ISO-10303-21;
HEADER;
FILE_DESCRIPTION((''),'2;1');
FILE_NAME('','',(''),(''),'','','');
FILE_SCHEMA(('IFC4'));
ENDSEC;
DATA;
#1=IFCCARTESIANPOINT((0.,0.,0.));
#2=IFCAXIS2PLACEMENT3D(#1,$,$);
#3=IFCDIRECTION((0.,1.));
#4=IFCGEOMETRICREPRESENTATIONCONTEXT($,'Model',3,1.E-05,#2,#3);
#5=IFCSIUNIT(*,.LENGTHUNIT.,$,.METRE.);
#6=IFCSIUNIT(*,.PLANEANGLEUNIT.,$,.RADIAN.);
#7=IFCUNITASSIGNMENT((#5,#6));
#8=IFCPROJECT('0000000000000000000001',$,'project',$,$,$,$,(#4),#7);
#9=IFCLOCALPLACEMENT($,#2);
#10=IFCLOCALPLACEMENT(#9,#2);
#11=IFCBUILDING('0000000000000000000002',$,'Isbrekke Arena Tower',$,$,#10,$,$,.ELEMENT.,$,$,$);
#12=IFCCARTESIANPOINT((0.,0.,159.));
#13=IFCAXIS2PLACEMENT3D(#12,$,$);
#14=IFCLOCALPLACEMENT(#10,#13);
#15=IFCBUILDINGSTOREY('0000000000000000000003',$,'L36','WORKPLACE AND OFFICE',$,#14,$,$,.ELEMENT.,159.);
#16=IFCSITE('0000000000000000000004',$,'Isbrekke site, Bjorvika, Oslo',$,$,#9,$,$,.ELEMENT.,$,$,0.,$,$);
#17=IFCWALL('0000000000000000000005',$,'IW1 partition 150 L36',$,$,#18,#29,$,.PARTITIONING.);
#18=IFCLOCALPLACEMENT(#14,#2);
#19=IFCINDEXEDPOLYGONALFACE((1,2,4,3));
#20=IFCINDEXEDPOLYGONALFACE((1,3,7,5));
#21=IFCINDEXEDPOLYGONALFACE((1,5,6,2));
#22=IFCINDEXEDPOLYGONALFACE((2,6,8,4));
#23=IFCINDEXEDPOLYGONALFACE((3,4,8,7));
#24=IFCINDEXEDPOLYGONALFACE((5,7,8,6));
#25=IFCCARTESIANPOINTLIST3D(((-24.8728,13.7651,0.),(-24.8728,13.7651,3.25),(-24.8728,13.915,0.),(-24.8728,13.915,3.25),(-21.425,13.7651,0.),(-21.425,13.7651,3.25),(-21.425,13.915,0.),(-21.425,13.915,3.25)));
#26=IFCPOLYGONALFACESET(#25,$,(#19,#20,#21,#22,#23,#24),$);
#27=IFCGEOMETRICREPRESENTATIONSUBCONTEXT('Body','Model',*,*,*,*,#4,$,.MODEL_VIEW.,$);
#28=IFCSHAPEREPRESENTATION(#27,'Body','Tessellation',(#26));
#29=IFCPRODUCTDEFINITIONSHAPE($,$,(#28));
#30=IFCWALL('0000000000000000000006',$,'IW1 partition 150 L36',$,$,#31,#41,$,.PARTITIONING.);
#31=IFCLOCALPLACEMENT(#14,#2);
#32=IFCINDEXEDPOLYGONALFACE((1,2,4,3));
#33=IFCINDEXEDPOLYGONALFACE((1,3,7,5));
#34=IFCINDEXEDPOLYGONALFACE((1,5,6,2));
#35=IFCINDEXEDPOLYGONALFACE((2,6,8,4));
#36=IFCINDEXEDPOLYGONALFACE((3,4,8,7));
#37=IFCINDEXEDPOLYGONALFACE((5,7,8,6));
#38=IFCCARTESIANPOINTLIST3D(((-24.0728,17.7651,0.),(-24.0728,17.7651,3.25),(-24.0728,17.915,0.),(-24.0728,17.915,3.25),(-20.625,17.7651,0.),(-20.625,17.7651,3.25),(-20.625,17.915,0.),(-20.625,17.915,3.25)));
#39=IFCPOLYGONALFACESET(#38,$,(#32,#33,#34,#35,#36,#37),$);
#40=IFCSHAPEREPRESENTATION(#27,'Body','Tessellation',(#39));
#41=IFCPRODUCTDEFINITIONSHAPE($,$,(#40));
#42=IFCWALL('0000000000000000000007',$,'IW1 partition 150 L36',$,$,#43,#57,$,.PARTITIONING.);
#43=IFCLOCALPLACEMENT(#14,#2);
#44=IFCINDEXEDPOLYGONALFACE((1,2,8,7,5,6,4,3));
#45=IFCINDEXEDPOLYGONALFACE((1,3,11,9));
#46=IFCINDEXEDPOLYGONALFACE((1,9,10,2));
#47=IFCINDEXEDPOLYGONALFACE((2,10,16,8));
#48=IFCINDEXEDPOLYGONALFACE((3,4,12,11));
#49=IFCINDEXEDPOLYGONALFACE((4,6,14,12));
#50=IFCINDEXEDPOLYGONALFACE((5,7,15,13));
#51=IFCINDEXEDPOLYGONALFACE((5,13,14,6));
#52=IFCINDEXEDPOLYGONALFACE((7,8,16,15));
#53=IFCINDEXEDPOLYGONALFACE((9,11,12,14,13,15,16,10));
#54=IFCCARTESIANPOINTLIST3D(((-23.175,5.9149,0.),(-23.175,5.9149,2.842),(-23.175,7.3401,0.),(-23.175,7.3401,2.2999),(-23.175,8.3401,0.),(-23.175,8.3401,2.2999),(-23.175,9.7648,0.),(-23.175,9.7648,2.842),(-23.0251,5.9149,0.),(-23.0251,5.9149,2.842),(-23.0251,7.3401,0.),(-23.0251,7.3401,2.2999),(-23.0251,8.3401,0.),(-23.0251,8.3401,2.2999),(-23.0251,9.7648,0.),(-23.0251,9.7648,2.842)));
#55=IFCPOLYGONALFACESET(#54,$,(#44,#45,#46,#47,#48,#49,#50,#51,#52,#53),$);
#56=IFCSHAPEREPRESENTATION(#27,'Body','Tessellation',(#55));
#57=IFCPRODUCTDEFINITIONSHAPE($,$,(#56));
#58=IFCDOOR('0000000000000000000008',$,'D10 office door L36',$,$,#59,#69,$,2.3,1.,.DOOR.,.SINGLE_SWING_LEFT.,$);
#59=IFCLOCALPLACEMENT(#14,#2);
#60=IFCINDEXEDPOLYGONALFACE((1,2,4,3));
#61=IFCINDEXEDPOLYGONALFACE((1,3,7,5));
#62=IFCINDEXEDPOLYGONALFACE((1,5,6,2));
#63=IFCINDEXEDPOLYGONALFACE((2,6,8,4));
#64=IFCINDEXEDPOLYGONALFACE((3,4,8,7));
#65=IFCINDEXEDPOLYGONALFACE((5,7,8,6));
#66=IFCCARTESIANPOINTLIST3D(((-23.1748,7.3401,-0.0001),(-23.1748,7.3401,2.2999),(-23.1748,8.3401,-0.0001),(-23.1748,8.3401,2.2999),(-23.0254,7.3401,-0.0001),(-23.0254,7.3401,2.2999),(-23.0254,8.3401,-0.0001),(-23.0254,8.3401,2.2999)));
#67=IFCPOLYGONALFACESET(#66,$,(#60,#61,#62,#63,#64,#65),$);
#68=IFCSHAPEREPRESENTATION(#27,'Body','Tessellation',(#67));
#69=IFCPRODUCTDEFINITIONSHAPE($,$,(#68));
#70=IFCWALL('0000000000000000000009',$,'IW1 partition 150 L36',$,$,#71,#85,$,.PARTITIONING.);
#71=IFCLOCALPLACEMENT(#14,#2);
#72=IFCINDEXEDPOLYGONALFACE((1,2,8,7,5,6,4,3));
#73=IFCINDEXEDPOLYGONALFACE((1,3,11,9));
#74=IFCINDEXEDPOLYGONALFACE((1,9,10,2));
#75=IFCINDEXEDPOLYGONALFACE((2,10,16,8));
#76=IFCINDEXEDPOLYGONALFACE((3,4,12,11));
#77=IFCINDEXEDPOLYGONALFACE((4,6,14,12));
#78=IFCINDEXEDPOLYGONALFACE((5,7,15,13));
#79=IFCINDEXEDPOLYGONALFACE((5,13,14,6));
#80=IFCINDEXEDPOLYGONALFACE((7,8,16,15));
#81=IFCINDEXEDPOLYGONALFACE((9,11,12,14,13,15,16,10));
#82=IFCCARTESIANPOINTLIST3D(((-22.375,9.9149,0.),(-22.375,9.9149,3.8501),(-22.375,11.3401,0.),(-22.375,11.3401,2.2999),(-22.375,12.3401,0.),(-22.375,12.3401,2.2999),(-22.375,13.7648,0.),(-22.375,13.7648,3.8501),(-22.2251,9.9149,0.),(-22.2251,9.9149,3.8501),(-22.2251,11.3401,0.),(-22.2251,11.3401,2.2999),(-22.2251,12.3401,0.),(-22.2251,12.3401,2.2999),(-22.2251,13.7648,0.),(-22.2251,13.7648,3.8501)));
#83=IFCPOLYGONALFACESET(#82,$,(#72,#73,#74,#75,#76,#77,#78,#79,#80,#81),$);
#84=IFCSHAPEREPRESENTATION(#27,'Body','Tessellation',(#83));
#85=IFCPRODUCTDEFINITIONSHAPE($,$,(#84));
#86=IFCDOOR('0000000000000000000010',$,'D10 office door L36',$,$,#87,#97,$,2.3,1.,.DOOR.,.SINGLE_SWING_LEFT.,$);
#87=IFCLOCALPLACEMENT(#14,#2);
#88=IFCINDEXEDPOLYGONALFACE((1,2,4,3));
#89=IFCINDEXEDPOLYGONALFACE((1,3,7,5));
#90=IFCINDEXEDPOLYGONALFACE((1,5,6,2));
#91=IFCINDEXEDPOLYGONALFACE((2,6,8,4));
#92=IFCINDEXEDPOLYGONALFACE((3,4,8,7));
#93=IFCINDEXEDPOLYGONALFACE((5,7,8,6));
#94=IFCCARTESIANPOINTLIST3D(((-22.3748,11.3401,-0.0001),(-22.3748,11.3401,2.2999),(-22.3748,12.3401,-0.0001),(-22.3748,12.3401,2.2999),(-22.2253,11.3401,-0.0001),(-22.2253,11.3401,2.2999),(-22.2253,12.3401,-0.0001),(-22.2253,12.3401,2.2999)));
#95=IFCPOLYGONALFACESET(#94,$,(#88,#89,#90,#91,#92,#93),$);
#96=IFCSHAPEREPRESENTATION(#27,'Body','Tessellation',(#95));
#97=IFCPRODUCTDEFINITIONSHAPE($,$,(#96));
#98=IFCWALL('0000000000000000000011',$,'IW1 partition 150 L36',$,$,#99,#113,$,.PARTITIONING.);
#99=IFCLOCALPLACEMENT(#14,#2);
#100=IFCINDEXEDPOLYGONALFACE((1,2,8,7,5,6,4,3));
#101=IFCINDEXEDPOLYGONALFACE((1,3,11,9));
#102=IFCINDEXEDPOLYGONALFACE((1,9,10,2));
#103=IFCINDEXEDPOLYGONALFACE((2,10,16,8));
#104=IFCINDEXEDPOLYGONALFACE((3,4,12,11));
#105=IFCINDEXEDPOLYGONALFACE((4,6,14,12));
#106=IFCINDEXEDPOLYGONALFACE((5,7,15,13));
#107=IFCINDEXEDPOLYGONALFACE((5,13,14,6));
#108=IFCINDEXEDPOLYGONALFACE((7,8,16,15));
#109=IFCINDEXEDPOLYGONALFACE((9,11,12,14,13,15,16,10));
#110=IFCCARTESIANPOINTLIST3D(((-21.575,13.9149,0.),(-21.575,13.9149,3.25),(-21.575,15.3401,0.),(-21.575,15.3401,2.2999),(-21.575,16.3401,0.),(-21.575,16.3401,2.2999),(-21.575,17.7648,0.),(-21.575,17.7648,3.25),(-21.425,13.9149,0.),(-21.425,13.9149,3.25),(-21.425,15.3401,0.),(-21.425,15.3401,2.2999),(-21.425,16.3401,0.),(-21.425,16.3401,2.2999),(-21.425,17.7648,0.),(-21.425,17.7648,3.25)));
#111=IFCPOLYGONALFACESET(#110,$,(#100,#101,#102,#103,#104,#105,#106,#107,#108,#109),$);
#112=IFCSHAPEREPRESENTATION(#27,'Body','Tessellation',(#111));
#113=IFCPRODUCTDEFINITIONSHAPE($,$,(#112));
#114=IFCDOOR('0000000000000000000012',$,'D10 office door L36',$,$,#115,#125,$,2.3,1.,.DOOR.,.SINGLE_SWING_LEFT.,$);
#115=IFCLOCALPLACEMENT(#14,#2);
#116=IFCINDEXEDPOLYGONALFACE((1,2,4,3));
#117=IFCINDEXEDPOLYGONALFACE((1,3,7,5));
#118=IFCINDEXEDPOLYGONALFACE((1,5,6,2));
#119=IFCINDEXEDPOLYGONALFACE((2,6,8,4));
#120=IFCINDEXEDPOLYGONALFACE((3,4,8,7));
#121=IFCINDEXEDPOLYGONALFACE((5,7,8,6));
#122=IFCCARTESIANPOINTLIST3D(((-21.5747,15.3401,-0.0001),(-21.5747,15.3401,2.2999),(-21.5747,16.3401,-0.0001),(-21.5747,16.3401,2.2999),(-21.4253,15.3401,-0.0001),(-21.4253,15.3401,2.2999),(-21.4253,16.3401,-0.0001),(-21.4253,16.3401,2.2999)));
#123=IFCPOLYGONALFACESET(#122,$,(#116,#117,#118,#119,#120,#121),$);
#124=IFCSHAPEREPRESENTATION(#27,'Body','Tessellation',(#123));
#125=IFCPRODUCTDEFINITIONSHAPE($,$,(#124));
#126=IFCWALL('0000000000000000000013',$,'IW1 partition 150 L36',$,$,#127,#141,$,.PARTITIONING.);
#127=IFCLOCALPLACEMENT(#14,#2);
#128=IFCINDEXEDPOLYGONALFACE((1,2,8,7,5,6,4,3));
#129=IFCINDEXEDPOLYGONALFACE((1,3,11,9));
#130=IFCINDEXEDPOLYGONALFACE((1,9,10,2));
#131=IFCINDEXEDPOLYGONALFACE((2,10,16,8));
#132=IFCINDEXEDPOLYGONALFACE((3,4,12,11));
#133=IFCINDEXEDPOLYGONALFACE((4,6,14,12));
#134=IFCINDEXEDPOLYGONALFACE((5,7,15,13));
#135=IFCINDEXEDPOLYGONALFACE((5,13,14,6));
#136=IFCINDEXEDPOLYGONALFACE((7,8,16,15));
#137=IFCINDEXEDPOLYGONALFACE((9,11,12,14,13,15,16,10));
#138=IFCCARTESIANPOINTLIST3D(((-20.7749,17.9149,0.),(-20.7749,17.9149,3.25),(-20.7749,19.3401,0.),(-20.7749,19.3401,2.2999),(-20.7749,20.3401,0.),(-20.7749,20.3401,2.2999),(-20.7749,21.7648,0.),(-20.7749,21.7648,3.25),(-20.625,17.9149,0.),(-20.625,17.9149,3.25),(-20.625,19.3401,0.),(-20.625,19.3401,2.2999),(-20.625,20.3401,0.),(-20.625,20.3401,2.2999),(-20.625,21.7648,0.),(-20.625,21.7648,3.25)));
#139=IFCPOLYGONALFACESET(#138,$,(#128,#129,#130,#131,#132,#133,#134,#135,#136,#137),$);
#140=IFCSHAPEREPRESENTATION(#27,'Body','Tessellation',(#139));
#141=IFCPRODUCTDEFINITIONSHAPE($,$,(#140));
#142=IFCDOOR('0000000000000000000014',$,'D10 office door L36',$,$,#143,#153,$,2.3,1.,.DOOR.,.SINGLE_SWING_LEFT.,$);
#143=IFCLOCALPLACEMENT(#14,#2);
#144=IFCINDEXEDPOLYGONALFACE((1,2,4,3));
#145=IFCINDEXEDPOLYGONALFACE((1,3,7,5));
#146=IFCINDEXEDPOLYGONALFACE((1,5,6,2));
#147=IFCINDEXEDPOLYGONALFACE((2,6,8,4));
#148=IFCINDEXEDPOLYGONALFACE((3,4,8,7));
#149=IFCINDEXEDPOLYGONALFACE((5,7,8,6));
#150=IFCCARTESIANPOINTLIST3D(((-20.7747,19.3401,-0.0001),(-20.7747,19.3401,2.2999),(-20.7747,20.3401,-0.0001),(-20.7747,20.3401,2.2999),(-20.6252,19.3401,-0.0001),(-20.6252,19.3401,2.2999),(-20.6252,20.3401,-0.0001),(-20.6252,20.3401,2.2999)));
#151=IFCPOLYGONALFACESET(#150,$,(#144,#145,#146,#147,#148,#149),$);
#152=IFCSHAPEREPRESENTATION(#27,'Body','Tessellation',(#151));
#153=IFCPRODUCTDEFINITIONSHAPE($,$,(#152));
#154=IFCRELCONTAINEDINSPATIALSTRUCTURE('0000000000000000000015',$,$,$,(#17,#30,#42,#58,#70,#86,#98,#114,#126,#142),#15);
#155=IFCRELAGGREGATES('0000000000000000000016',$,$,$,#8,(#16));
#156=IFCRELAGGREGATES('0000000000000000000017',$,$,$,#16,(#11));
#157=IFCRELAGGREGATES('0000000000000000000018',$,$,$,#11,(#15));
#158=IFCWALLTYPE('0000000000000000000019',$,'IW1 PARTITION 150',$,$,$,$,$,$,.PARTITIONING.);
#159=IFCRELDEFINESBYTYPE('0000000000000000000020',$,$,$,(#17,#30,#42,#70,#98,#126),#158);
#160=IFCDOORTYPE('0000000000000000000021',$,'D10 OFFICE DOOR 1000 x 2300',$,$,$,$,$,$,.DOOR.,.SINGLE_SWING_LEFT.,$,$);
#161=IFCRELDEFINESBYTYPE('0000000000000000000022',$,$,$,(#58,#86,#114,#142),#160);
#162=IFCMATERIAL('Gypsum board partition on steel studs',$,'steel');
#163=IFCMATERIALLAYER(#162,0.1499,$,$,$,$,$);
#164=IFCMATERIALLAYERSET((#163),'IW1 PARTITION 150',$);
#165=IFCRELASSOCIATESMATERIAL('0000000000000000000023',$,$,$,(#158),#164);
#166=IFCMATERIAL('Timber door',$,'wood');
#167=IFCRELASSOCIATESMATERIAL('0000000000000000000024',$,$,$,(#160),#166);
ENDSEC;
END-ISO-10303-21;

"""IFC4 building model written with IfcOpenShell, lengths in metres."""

from ifc_helpers import new_model, si_unit, direction, frame, frame_2d, origin, place, context, subcontext, project, spatial, rectangle, extrude, material, layer, layer_set, type_object, element, fill, save


model = new_model("IFC4")

# Units and contexts
model_context = context("Model", 3, precision=1e-05, world=origin(), true_north=direction((0.0, 1.0)))
body_context = subcontext(model_context, "Body", "Model", "MODEL_VIEW")
ifc_project = project(units=[si_unit("LENGTHUNIT", "METRE"), si_unit("PLANEANGLEUNIT", "RADIAN")], contexts=[model_context])

# Site, building, storey
site_placement = place(None, origin())
site = spatial("IfcSite", under=ifc_project, at=site_placement, Name="Isbrekke site, Bjorvika, Oslo", CompositionType="ELEMENT", RefElevation=0.0)
building_placement = place(site_placement, origin())
building = spatial("IfcBuilding", under=site, at=building_placement, Name="Isbrekke Arena Tower", CompositionType="ELEMENT")
storey_placement = place(building_placement, frame((0.0, 0.0, 159.0)))
storey = spatial("IfcBuildingStorey", under=building, at=storey_placement, Name="L36", Description="WORKPLACE AND OFFICE", CompositionType="ELEMENT", Elevation=159.0)

# Walls
ifc_material_1 = material(Name="Gypsum board partition on steel studs", Category="steel")
ifc_layer_1 = layer(ifc_material_1, 0.1499)
ifc_layer_set_1 = layer_set([ifc_layer_1], Name="IW1 PARTITION 150")
wall_type = type_object("IfcWallType", Name="IW1 PARTITION 150", PredefinedType="PARTITIONING", material=ifc_layer_set_1)
for number, where, z_axis, x_axis, name in (
    (1, (-24.8728, 13.8401, 0.0), (0.0, 0.0, 1.0), (1.0, 0.0, 0.0), "IW1 partition 150 L36"),
    (2, (-24.0728, 17.8401, 0.0), (0.0, 0.0, 1.0), (1.0, 0.0, 0.0), "IW1 partition 150 L36"),
):
    element("IfcWall", number, at=place(storey_placement, frame(where, z_axis=z_axis, x_axis=x_axis)), inside=storey, type_object=wall_type, Name=name, PredefinedType="PARTITIONING", context=body_context, shape_type="SweptSolid", body=[
        extrude(rectangle(XDim=3.4478, YDim=0.1499, at=frame_2d((1.7239, 0.0))), origin(), (0.0, 0.0, 1.0), 3.25),
    ])

# Walls, openings, doors
wall_1_placement = place(storey_placement, frame((-23.1001, 5.915, 0.0), z_axis=(0.0, 0.0, 1.0), x_axis=(0.0, 1.0, 0.0)))
wall_1 = element("IfcWall", 3, at=wall_1_placement, inside=storey, type_object=wall_type, Name="IW1 partition 150 L36", PredefinedType="PARTITIONING", context=body_context, shape_type="SweptSolid", body=[
    extrude(rectangle(XDim=3.8499, YDim=0.1499, at=frame_2d((1.9248, 0.0))), origin(), (0.0, 0.0, 1.0), 2.842),
])
opening_1_placement = place(wall_1_placement, frame((1.425, 0.0, 0.0)))
opening_1 = element("IfcOpeningElement", 4, at=opening_1_placement, cuts=wall_1, PredefinedType="OPENING", context=body_context, shape_type="SweptSolid", body=[
    extrude(rectangle(XDim=1.0, YDim=2.3, at=frame_2d((0.5, 1.1499))), frame((0.0, 0.0898, 0.0), z_axis=(0.0, -1.0, 0.0), x_axis=(1.0, 0.0, 0.0)), (0.0, 0.0, 1.0), 0.1797),
])
ifc_material_2 = material(Name="Timber door", Category="wood")
door_type = type_object("IfcDoorType", Name="D10 OFFICE DOOR 1000 x 2300", OperationType="SINGLE_SWING_LEFT", PredefinedType="DOOR", material=ifc_material_2)
door_1_placement = place(opening_1_placement, origin())
door_1 = element("IfcDoor", 5, at=door_1_placement, inside=storey, type_object=door_type, Name="D10 office door L36", OperationType="SINGLE_SWING_LEFT", OverallHeight=2.3, OverallWidth=1.0, PredefinedType="DOOR", context=body_context, shape_type="SweptSolid", body=[
    extrude(rectangle(XDim=1.0, YDim=2.3, at=frame_2d((0.5, 1.1499))), frame((0.0, 0.0747, 0.0), z_axis=(0.0, -1.0, 0.0), x_axis=(1.0, 0.0, 0.0)), (0.0, 0.0, 1.0), 0.1494),
])
fill(opening_1, door_1)
wall_2_placement = place(storey_placement, frame((-22.3, 9.915, 0.0), z_axis=(0.0, 0.0, 1.0), x_axis=(0.0, 1.0, 0.0)))
wall_2 = element("IfcWall", 6, at=wall_2_placement, inside=storey, type_object=wall_type, Name="IW1 partition 150 L36", PredefinedType="PARTITIONING", context=body_context, shape_type="SweptSolid", body=[
    extrude(rectangle(XDim=3.8499, YDim=0.1499, at=frame_2d((1.9248, 0.0))), origin(), (0.0, 0.0, 1.0), 3.8501),
])
opening_2_placement = place(wall_2_placement, frame((1.425, 0.0, 0.0)))
opening_2 = element("IfcOpeningElement", 7, at=opening_2_placement, cuts=wall_2, PredefinedType="OPENING", context=body_context, shape_type="SweptSolid", body=[
    extrude(rectangle(XDim=1.0, YDim=2.3, at=frame_2d((0.5, 1.1499))), frame((0.0, 0.0898, 0.0), z_axis=(0.0, -1.0, 0.0), x_axis=(1.0, 0.0, 0.0)), (0.0, 0.0, 1.0), 0.1797),
])
door_2_placement = place(opening_2_placement, origin())
door_2 = element("IfcDoor", 8, at=door_2_placement, inside=storey, type_object=door_type, Name="D10 office door L36", OperationType="SINGLE_SWING_LEFT", OverallHeight=2.3, OverallWidth=1.0, PredefinedType="DOOR", context=body_context, shape_type="SweptSolid", body=[
    extrude(rectangle(XDim=1.0, YDim=2.3, at=frame_2d((0.5, 1.1499))), frame((0.0, 0.0747, 0.0), z_axis=(0.0, -1.0, 0.0), x_axis=(1.0, 0.0, 0.0)), (0.0, 0.0, 1.0), 0.1494),
])
fill(opening_2, door_2)
wall_3_placement = place(storey_placement, frame((-21.5, 13.915, 0.0), z_axis=(0.0, 0.0, 1.0), x_axis=(0.0, 1.0, 0.0)))
wall_3 = element("IfcWall", 9, at=wall_3_placement, inside=storey, type_object=wall_type, Name="IW1 partition 150 L36", PredefinedType="PARTITIONING", context=body_context, shape_type="SweptSolid", body=[
    extrude(rectangle(XDim=3.8499, YDim=0.1499, at=frame_2d((1.9248, 0.0))), origin(), (0.0, 0.0, 1.0), 3.25),
])
opening_3_placement = place(wall_3_placement, frame((1.425, 0.0, 0.0)))
opening_3 = element("IfcOpeningElement", 10, at=opening_3_placement, cuts=wall_3, PredefinedType="OPENING", context=body_context, shape_type="SweptSolid", body=[
    extrude(rectangle(XDim=1.0, YDim=2.3, at=frame_2d((0.5, 1.1499))), frame((0.0, 0.0898, 0.0), z_axis=(0.0, -1.0, 0.0), x_axis=(1.0, 0.0, 0.0)), (0.0, 0.0, 1.0), 0.1797),
])
door_3_placement = place(opening_3_placement, origin())
door_3 = element("IfcDoor", 11, at=door_3_placement, inside=storey, type_object=door_type, Name="D10 office door L36", OperationType="SINGLE_SWING_LEFT", OverallHeight=2.3, OverallWidth=1.0, PredefinedType="DOOR", context=body_context, shape_type="SweptSolid", body=[
    extrude(rectangle(XDim=1.0, YDim=2.3, at=frame_2d((0.5, 1.1499))), frame((0.0, 0.0747, 0.0), z_axis=(0.0, -1.0, 0.0), x_axis=(1.0, 0.0, 0.0)), (0.0, 0.0, 1.0), 0.1494),
])
fill(opening_3, door_3)
wall_4_placement = place(storey_placement, frame((-20.7, 17.915, 0.0), z_axis=(0.0, 0.0, 1.0), x_axis=(0.0, 1.0, 0.0)))
wall_4 = element("IfcWall", 12, at=wall_4_placement, inside=storey, type_object=wall_type, Name="IW1 partition 150 L36", PredefinedType="PARTITIONING", context=body_context, shape_type="SweptSolid", body=[
    extrude(rectangle(XDim=3.8499, YDim=0.1499, at=frame_2d((1.9248, 0.0))), origin(), (0.0, 0.0, 1.0), 3.25),
])
opening_4_placement = place(wall_4_placement, frame((1.425, 0.0, 0.0)))
opening_4 = element("IfcOpeningElement", 13, at=opening_4_placement, cuts=wall_4, PredefinedType="OPENING", context=body_context, shape_type="SweptSolid", body=[
    extrude(rectangle(XDim=1.0, YDim=2.3, at=frame_2d((0.5, 1.1499))), frame((0.0, 0.0898, 0.0), z_axis=(0.0, -1.0, 0.0), x_axis=(1.0, 0.0, 0.0)), (0.0, 0.0, 1.0), 0.1797),
])
door_4_placement = place(opening_4_placement, origin())
door_4 = element("IfcDoor", 14, at=door_4_placement, inside=storey, type_object=door_type, Name="D10 office door L36", OperationType="SINGLE_SWING_LEFT", OverallHeight=2.3, OverallWidth=1.0, PredefinedType="DOOR", context=body_context, shape_type="SweptSolid", body=[
    extrude(rectangle(XDim=1.0, YDim=2.3, at=frame_2d((0.5, 1.1499))), frame((0.0, 0.0747, 0.0), z_axis=(0.0, -1.0, 0.0), x_axis=(1.0, 0.0, 0.0)), (0.0, 0.0, 1.0), 0.1494),
])
fill(opening_4, door_4)

save(model, "model.ifc")
